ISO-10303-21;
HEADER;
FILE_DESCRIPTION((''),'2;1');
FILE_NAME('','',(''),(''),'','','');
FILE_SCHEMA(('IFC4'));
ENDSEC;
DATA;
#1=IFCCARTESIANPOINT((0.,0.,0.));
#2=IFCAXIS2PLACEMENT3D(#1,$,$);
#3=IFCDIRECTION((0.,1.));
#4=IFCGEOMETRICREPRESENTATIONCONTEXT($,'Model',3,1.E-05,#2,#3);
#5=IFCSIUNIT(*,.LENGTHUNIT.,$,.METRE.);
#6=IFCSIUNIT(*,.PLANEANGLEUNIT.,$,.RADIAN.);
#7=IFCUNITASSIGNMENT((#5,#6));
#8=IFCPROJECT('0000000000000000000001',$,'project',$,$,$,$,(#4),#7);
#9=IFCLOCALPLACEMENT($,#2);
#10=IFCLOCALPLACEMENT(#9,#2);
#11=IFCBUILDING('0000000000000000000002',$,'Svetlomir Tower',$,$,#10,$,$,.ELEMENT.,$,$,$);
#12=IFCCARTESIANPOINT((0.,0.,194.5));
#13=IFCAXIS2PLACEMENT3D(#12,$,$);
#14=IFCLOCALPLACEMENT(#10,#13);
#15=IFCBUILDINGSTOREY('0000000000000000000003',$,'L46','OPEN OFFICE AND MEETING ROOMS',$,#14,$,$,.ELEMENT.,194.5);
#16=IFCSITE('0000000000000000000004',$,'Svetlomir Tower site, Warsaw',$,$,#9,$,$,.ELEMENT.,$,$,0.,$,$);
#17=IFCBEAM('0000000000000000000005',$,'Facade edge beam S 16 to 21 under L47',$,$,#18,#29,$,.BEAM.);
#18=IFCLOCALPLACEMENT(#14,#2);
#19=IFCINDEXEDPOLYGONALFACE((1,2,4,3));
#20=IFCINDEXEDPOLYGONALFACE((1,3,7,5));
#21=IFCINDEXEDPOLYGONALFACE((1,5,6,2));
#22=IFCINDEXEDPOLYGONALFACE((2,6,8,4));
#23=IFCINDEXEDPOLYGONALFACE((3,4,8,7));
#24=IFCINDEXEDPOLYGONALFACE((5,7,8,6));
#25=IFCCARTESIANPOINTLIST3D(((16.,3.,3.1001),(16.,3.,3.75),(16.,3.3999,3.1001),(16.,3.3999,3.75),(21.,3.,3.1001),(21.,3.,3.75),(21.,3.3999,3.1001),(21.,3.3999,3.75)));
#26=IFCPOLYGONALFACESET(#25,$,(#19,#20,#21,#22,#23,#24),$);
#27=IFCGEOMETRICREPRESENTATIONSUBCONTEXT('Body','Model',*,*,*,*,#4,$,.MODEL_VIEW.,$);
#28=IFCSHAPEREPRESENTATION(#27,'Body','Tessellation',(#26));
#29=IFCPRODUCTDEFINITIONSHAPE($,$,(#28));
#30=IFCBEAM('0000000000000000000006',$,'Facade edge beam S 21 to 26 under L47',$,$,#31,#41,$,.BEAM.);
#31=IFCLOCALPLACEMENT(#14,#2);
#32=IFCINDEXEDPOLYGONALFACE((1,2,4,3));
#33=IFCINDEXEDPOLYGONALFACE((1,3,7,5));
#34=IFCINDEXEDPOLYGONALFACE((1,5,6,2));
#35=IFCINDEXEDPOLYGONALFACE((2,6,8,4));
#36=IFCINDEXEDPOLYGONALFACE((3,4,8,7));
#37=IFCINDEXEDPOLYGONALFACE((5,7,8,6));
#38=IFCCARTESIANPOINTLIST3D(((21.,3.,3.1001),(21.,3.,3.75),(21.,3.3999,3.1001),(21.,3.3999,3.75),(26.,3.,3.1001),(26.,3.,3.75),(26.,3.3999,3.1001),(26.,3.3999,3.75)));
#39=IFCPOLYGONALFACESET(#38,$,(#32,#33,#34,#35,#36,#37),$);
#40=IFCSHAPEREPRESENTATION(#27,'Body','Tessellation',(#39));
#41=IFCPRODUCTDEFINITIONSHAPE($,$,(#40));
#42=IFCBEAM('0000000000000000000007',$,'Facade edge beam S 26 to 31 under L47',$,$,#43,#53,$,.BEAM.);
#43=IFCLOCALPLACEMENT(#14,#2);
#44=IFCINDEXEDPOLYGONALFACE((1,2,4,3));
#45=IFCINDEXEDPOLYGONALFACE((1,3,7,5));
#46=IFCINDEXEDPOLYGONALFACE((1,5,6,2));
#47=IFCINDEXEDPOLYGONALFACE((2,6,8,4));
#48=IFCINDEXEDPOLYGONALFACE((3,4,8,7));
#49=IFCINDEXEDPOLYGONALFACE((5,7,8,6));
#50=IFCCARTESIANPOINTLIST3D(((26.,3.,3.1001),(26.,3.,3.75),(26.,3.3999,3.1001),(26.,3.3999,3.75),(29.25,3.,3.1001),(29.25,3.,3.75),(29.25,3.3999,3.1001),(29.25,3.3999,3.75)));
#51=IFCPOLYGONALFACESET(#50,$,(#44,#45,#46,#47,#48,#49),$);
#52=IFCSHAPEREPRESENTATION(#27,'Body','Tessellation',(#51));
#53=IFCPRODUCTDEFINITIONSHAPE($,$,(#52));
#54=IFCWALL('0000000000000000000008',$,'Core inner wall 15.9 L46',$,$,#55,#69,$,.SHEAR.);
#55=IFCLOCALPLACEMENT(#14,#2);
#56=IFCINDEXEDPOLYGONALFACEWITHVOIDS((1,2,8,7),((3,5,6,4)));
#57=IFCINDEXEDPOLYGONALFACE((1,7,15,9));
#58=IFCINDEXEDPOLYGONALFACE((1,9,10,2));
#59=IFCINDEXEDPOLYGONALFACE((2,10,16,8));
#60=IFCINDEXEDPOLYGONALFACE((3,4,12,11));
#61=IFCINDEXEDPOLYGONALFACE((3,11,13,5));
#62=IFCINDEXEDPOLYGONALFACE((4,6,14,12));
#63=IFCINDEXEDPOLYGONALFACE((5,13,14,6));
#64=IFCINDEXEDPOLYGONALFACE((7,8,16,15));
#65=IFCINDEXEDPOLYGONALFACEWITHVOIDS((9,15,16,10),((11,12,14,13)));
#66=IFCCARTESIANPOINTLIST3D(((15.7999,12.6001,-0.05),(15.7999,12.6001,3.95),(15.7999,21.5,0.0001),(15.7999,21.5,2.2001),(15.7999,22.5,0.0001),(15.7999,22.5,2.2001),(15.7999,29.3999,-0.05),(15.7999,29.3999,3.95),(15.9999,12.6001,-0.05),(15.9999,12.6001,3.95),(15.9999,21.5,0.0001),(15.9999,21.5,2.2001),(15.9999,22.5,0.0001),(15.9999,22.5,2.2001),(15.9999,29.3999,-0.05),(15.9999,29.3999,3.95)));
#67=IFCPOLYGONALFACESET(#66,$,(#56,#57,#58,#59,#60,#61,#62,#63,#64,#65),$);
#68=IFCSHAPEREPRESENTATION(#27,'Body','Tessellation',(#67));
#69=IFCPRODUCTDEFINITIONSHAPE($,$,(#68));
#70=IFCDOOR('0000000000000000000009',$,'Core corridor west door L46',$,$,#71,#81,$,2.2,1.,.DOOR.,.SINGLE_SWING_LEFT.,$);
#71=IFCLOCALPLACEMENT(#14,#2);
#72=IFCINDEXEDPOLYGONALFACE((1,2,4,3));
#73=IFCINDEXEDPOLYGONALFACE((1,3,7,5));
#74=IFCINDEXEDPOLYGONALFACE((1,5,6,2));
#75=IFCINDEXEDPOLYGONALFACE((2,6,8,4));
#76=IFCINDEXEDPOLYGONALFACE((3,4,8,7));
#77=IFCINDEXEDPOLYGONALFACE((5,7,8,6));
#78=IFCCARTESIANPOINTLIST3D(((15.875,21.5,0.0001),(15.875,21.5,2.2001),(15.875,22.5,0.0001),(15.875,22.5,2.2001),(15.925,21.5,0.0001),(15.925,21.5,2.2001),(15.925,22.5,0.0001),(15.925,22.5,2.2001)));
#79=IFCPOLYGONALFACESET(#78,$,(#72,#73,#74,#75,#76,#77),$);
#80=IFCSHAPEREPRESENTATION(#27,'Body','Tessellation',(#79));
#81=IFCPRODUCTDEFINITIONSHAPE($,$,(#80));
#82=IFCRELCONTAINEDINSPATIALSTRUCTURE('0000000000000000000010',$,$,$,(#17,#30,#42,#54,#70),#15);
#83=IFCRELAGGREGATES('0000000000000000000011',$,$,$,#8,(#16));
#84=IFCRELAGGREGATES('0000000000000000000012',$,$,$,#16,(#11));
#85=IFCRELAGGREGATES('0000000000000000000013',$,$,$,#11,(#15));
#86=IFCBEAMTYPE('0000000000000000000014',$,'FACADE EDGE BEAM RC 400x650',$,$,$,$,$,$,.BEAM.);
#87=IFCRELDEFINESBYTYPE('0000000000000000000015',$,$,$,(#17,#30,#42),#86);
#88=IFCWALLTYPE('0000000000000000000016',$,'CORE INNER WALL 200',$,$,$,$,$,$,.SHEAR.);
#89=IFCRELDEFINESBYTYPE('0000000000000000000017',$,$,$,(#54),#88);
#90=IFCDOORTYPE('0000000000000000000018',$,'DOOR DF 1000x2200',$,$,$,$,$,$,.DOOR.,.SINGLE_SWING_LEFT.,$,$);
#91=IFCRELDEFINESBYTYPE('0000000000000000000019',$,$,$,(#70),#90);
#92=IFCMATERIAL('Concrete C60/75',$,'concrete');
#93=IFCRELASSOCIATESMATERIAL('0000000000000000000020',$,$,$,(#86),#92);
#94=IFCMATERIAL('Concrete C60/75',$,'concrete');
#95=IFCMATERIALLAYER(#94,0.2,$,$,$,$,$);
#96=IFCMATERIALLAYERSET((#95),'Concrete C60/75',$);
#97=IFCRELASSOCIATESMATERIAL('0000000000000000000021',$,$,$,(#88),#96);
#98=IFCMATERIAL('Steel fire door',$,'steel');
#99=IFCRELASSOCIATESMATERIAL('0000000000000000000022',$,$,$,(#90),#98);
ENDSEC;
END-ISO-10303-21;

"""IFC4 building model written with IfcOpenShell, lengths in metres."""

from ifc_helpers import new_model, si_unit, direction, frame, frame_2d, origin, origin_2d, place, context, subcontext, project, spatial, rectangle, extrude, material, layer, layer_set, material_profile, profile_set, type_object, element, fill, save


model = new_model("IFC4")

# Units and contexts
model_context = context("Model", 3, precision=1e-05, world=origin(), true_north=direction((0.0, 1.0)))
body_context = subcontext(model_context, "Body", "Model", "MODEL_VIEW")
ifc_project = project(units=[si_unit("LENGTHUNIT", "METRE"), si_unit("PLANEANGLEUNIT", "RADIAN")], contexts=[model_context])

# Site, building, storey
site_placement = place(None, origin())
site = spatial("IfcSite", under=ifc_project, at=site_placement, Name="Svetlomir Tower site, Warsaw", CompositionType="ELEMENT", RefElevation=0.0)
building_placement = place(site_placement, origin())
building = spatial("IfcBuilding", under=site, at=building_placement, Name="Svetlomir Tower", CompositionType="ELEMENT")
storey_placement = place(building_placement, frame((0.0, 0.0, 194.5)))
storey = spatial("IfcBuildingStorey", under=building, at=storey_placement, Name="L46", Description="OPEN OFFICE AND MEETING ROOMS", CompositionType="ELEMENT", Elevation=194.5)

# Beams
ifc_material_1 = material(Name="Concrete C60/75", Category="concrete")
ifc_material_profile = material_profile(ifc_material_1, rectangle(XDim=0.3999, YDim=0.6499, at=origin_2d()), Name="RC 400x650")
ifc_profile_set = profile_set([ifc_material_profile], Name="Concrete C60/75")
beam_type = type_object("IfcBeamType", Name="FACADE EDGE BEAM RC 400x650", PredefinedType="BEAM", material=ifc_profile_set)
for number, where, z_axis, x_axis, name in (
    (1, (16.0, 3.2, 3.425), (1.0, 0.0, 0.0), (0.0, 1.0, 0.0), "Facade edge beam S 16 to 21 under L47"),
    (2, (21.0, 3.2, 3.425), (1.0, 0.0, 0.0), (0.0, 1.0, 0.0), "Facade edge beam S 21 to 26 under L47"),
):
    element("IfcBeam", number, at=place(storey_placement, frame(where, z_axis=z_axis, x_axis=x_axis)), inside=storey, type_object=beam_type, Name=name, PredefinedType="BEAM", context=body_context, shape_type="SweptSolid", body=[
        extrude(rectangle(XDim=0.3999, YDim=0.6499, at=origin_2d()), origin(), (0.0, 0.0, 1.0), 5.0),
    ])
beam_placement = place(storey_placement, frame((26.0, 3.2, 3.425), z_axis=(1.0, 0.0, 0.0), x_axis=(0.0, 1.0, 0.0)))
element("IfcBeam", 3, at=beam_placement, inside=storey, type_object=beam_type, Name="Facade edge beam S 26 to 31 under L47", PredefinedType="BEAM", context=body_context, shape_type="SweptSolid", body=[
    extrude(rectangle(XDim=0.3999, YDim=0.6499, at=origin_2d()), origin(), (0.0, 0.0, 1.0), 3.25),
])

# Wall, opening, door
ifc_material_2 = material(Name="Concrete C60/75", Category="concrete")
ifc_layer_1 = layer(ifc_material_2, 0.2)
ifc_layer_set_1 = layer_set([ifc_layer_1], Name="Concrete C60/75")
wall_type_1 = type_object("IfcWallType", Name="CORE INNER WALL 200", PredefinedType="SHEAR", material=ifc_layer_set_1)
wall_1_placement = place(storey_placement, frame((15.8999, 12.6001, -0.05), z_axis=(0.0, 0.0, 1.0), x_axis=(0.0, 1.0, 0.0)))
wall_1 = element("IfcWall", 4, at=wall_1_placement, inside=storey, type_object=wall_type_1, Name="Core inner wall 15.9 L46", PredefinedType="SHEAR", context=body_context, shape_type="SweptSolid", body=[
    extrude(rectangle(XDim=16.7998, YDim=0.2, at=frame_2d((8.3999, 0.0))), origin(), (0.0, 0.0, 1.0), 4.0),
])
opening_1_placement = place(wall_1_placement, frame((8.8999, 0.0, 0.05)))
opening_1 = element("IfcOpeningElement", 5, at=opening_1_placement, cuts=wall_1, PredefinedType="OPENING", context=body_context, shape_type="SweptSolid", body=[
    extrude(rectangle(XDim=1.0, YDim=2.2, at=frame_2d((0.5, 1.1001))), frame((0.0, 0.1099, 0.0), z_axis=(0.0, -1.0, 0.0), x_axis=(1.0, 0.0, 0.0)), (0.0, 0.0, 1.0), 0.22),
])
ifc_material_3 = material(Name="Steel fire door", Category="steel")
door_type_1 = type_object("IfcDoorType", Name="DOOR DF 1000x2200", OperationType="SINGLE_SWING_LEFT", PredefinedType="DOOR", material=ifc_material_3)
door_1_placement = place(opening_1_placement, origin())
door_1 = element("IfcDoor", 6, at=door_1_placement, inside=storey, type_object=door_type_1, Name="Core corridor west door L46", OperationType="SINGLE_SWING_LEFT", OverallHeight=2.2, OverallWidth=1.0, PredefinedType="DOOR", context=body_context, shape_type="SweptSolid", body=[
    extrude(rectangle(XDim=1.0, YDim=2.2, at=frame_2d((0.5, 1.1001))), frame((0.0, 0.0249, 0.0), z_axis=(0.0, -1.0, 0.0), x_axis=(1.0, 0.0, 0.0)), (0.0, 0.0, 1.0), 0.05),
])
fill(opening_1, door_1)

save(model, "model.ifc")
